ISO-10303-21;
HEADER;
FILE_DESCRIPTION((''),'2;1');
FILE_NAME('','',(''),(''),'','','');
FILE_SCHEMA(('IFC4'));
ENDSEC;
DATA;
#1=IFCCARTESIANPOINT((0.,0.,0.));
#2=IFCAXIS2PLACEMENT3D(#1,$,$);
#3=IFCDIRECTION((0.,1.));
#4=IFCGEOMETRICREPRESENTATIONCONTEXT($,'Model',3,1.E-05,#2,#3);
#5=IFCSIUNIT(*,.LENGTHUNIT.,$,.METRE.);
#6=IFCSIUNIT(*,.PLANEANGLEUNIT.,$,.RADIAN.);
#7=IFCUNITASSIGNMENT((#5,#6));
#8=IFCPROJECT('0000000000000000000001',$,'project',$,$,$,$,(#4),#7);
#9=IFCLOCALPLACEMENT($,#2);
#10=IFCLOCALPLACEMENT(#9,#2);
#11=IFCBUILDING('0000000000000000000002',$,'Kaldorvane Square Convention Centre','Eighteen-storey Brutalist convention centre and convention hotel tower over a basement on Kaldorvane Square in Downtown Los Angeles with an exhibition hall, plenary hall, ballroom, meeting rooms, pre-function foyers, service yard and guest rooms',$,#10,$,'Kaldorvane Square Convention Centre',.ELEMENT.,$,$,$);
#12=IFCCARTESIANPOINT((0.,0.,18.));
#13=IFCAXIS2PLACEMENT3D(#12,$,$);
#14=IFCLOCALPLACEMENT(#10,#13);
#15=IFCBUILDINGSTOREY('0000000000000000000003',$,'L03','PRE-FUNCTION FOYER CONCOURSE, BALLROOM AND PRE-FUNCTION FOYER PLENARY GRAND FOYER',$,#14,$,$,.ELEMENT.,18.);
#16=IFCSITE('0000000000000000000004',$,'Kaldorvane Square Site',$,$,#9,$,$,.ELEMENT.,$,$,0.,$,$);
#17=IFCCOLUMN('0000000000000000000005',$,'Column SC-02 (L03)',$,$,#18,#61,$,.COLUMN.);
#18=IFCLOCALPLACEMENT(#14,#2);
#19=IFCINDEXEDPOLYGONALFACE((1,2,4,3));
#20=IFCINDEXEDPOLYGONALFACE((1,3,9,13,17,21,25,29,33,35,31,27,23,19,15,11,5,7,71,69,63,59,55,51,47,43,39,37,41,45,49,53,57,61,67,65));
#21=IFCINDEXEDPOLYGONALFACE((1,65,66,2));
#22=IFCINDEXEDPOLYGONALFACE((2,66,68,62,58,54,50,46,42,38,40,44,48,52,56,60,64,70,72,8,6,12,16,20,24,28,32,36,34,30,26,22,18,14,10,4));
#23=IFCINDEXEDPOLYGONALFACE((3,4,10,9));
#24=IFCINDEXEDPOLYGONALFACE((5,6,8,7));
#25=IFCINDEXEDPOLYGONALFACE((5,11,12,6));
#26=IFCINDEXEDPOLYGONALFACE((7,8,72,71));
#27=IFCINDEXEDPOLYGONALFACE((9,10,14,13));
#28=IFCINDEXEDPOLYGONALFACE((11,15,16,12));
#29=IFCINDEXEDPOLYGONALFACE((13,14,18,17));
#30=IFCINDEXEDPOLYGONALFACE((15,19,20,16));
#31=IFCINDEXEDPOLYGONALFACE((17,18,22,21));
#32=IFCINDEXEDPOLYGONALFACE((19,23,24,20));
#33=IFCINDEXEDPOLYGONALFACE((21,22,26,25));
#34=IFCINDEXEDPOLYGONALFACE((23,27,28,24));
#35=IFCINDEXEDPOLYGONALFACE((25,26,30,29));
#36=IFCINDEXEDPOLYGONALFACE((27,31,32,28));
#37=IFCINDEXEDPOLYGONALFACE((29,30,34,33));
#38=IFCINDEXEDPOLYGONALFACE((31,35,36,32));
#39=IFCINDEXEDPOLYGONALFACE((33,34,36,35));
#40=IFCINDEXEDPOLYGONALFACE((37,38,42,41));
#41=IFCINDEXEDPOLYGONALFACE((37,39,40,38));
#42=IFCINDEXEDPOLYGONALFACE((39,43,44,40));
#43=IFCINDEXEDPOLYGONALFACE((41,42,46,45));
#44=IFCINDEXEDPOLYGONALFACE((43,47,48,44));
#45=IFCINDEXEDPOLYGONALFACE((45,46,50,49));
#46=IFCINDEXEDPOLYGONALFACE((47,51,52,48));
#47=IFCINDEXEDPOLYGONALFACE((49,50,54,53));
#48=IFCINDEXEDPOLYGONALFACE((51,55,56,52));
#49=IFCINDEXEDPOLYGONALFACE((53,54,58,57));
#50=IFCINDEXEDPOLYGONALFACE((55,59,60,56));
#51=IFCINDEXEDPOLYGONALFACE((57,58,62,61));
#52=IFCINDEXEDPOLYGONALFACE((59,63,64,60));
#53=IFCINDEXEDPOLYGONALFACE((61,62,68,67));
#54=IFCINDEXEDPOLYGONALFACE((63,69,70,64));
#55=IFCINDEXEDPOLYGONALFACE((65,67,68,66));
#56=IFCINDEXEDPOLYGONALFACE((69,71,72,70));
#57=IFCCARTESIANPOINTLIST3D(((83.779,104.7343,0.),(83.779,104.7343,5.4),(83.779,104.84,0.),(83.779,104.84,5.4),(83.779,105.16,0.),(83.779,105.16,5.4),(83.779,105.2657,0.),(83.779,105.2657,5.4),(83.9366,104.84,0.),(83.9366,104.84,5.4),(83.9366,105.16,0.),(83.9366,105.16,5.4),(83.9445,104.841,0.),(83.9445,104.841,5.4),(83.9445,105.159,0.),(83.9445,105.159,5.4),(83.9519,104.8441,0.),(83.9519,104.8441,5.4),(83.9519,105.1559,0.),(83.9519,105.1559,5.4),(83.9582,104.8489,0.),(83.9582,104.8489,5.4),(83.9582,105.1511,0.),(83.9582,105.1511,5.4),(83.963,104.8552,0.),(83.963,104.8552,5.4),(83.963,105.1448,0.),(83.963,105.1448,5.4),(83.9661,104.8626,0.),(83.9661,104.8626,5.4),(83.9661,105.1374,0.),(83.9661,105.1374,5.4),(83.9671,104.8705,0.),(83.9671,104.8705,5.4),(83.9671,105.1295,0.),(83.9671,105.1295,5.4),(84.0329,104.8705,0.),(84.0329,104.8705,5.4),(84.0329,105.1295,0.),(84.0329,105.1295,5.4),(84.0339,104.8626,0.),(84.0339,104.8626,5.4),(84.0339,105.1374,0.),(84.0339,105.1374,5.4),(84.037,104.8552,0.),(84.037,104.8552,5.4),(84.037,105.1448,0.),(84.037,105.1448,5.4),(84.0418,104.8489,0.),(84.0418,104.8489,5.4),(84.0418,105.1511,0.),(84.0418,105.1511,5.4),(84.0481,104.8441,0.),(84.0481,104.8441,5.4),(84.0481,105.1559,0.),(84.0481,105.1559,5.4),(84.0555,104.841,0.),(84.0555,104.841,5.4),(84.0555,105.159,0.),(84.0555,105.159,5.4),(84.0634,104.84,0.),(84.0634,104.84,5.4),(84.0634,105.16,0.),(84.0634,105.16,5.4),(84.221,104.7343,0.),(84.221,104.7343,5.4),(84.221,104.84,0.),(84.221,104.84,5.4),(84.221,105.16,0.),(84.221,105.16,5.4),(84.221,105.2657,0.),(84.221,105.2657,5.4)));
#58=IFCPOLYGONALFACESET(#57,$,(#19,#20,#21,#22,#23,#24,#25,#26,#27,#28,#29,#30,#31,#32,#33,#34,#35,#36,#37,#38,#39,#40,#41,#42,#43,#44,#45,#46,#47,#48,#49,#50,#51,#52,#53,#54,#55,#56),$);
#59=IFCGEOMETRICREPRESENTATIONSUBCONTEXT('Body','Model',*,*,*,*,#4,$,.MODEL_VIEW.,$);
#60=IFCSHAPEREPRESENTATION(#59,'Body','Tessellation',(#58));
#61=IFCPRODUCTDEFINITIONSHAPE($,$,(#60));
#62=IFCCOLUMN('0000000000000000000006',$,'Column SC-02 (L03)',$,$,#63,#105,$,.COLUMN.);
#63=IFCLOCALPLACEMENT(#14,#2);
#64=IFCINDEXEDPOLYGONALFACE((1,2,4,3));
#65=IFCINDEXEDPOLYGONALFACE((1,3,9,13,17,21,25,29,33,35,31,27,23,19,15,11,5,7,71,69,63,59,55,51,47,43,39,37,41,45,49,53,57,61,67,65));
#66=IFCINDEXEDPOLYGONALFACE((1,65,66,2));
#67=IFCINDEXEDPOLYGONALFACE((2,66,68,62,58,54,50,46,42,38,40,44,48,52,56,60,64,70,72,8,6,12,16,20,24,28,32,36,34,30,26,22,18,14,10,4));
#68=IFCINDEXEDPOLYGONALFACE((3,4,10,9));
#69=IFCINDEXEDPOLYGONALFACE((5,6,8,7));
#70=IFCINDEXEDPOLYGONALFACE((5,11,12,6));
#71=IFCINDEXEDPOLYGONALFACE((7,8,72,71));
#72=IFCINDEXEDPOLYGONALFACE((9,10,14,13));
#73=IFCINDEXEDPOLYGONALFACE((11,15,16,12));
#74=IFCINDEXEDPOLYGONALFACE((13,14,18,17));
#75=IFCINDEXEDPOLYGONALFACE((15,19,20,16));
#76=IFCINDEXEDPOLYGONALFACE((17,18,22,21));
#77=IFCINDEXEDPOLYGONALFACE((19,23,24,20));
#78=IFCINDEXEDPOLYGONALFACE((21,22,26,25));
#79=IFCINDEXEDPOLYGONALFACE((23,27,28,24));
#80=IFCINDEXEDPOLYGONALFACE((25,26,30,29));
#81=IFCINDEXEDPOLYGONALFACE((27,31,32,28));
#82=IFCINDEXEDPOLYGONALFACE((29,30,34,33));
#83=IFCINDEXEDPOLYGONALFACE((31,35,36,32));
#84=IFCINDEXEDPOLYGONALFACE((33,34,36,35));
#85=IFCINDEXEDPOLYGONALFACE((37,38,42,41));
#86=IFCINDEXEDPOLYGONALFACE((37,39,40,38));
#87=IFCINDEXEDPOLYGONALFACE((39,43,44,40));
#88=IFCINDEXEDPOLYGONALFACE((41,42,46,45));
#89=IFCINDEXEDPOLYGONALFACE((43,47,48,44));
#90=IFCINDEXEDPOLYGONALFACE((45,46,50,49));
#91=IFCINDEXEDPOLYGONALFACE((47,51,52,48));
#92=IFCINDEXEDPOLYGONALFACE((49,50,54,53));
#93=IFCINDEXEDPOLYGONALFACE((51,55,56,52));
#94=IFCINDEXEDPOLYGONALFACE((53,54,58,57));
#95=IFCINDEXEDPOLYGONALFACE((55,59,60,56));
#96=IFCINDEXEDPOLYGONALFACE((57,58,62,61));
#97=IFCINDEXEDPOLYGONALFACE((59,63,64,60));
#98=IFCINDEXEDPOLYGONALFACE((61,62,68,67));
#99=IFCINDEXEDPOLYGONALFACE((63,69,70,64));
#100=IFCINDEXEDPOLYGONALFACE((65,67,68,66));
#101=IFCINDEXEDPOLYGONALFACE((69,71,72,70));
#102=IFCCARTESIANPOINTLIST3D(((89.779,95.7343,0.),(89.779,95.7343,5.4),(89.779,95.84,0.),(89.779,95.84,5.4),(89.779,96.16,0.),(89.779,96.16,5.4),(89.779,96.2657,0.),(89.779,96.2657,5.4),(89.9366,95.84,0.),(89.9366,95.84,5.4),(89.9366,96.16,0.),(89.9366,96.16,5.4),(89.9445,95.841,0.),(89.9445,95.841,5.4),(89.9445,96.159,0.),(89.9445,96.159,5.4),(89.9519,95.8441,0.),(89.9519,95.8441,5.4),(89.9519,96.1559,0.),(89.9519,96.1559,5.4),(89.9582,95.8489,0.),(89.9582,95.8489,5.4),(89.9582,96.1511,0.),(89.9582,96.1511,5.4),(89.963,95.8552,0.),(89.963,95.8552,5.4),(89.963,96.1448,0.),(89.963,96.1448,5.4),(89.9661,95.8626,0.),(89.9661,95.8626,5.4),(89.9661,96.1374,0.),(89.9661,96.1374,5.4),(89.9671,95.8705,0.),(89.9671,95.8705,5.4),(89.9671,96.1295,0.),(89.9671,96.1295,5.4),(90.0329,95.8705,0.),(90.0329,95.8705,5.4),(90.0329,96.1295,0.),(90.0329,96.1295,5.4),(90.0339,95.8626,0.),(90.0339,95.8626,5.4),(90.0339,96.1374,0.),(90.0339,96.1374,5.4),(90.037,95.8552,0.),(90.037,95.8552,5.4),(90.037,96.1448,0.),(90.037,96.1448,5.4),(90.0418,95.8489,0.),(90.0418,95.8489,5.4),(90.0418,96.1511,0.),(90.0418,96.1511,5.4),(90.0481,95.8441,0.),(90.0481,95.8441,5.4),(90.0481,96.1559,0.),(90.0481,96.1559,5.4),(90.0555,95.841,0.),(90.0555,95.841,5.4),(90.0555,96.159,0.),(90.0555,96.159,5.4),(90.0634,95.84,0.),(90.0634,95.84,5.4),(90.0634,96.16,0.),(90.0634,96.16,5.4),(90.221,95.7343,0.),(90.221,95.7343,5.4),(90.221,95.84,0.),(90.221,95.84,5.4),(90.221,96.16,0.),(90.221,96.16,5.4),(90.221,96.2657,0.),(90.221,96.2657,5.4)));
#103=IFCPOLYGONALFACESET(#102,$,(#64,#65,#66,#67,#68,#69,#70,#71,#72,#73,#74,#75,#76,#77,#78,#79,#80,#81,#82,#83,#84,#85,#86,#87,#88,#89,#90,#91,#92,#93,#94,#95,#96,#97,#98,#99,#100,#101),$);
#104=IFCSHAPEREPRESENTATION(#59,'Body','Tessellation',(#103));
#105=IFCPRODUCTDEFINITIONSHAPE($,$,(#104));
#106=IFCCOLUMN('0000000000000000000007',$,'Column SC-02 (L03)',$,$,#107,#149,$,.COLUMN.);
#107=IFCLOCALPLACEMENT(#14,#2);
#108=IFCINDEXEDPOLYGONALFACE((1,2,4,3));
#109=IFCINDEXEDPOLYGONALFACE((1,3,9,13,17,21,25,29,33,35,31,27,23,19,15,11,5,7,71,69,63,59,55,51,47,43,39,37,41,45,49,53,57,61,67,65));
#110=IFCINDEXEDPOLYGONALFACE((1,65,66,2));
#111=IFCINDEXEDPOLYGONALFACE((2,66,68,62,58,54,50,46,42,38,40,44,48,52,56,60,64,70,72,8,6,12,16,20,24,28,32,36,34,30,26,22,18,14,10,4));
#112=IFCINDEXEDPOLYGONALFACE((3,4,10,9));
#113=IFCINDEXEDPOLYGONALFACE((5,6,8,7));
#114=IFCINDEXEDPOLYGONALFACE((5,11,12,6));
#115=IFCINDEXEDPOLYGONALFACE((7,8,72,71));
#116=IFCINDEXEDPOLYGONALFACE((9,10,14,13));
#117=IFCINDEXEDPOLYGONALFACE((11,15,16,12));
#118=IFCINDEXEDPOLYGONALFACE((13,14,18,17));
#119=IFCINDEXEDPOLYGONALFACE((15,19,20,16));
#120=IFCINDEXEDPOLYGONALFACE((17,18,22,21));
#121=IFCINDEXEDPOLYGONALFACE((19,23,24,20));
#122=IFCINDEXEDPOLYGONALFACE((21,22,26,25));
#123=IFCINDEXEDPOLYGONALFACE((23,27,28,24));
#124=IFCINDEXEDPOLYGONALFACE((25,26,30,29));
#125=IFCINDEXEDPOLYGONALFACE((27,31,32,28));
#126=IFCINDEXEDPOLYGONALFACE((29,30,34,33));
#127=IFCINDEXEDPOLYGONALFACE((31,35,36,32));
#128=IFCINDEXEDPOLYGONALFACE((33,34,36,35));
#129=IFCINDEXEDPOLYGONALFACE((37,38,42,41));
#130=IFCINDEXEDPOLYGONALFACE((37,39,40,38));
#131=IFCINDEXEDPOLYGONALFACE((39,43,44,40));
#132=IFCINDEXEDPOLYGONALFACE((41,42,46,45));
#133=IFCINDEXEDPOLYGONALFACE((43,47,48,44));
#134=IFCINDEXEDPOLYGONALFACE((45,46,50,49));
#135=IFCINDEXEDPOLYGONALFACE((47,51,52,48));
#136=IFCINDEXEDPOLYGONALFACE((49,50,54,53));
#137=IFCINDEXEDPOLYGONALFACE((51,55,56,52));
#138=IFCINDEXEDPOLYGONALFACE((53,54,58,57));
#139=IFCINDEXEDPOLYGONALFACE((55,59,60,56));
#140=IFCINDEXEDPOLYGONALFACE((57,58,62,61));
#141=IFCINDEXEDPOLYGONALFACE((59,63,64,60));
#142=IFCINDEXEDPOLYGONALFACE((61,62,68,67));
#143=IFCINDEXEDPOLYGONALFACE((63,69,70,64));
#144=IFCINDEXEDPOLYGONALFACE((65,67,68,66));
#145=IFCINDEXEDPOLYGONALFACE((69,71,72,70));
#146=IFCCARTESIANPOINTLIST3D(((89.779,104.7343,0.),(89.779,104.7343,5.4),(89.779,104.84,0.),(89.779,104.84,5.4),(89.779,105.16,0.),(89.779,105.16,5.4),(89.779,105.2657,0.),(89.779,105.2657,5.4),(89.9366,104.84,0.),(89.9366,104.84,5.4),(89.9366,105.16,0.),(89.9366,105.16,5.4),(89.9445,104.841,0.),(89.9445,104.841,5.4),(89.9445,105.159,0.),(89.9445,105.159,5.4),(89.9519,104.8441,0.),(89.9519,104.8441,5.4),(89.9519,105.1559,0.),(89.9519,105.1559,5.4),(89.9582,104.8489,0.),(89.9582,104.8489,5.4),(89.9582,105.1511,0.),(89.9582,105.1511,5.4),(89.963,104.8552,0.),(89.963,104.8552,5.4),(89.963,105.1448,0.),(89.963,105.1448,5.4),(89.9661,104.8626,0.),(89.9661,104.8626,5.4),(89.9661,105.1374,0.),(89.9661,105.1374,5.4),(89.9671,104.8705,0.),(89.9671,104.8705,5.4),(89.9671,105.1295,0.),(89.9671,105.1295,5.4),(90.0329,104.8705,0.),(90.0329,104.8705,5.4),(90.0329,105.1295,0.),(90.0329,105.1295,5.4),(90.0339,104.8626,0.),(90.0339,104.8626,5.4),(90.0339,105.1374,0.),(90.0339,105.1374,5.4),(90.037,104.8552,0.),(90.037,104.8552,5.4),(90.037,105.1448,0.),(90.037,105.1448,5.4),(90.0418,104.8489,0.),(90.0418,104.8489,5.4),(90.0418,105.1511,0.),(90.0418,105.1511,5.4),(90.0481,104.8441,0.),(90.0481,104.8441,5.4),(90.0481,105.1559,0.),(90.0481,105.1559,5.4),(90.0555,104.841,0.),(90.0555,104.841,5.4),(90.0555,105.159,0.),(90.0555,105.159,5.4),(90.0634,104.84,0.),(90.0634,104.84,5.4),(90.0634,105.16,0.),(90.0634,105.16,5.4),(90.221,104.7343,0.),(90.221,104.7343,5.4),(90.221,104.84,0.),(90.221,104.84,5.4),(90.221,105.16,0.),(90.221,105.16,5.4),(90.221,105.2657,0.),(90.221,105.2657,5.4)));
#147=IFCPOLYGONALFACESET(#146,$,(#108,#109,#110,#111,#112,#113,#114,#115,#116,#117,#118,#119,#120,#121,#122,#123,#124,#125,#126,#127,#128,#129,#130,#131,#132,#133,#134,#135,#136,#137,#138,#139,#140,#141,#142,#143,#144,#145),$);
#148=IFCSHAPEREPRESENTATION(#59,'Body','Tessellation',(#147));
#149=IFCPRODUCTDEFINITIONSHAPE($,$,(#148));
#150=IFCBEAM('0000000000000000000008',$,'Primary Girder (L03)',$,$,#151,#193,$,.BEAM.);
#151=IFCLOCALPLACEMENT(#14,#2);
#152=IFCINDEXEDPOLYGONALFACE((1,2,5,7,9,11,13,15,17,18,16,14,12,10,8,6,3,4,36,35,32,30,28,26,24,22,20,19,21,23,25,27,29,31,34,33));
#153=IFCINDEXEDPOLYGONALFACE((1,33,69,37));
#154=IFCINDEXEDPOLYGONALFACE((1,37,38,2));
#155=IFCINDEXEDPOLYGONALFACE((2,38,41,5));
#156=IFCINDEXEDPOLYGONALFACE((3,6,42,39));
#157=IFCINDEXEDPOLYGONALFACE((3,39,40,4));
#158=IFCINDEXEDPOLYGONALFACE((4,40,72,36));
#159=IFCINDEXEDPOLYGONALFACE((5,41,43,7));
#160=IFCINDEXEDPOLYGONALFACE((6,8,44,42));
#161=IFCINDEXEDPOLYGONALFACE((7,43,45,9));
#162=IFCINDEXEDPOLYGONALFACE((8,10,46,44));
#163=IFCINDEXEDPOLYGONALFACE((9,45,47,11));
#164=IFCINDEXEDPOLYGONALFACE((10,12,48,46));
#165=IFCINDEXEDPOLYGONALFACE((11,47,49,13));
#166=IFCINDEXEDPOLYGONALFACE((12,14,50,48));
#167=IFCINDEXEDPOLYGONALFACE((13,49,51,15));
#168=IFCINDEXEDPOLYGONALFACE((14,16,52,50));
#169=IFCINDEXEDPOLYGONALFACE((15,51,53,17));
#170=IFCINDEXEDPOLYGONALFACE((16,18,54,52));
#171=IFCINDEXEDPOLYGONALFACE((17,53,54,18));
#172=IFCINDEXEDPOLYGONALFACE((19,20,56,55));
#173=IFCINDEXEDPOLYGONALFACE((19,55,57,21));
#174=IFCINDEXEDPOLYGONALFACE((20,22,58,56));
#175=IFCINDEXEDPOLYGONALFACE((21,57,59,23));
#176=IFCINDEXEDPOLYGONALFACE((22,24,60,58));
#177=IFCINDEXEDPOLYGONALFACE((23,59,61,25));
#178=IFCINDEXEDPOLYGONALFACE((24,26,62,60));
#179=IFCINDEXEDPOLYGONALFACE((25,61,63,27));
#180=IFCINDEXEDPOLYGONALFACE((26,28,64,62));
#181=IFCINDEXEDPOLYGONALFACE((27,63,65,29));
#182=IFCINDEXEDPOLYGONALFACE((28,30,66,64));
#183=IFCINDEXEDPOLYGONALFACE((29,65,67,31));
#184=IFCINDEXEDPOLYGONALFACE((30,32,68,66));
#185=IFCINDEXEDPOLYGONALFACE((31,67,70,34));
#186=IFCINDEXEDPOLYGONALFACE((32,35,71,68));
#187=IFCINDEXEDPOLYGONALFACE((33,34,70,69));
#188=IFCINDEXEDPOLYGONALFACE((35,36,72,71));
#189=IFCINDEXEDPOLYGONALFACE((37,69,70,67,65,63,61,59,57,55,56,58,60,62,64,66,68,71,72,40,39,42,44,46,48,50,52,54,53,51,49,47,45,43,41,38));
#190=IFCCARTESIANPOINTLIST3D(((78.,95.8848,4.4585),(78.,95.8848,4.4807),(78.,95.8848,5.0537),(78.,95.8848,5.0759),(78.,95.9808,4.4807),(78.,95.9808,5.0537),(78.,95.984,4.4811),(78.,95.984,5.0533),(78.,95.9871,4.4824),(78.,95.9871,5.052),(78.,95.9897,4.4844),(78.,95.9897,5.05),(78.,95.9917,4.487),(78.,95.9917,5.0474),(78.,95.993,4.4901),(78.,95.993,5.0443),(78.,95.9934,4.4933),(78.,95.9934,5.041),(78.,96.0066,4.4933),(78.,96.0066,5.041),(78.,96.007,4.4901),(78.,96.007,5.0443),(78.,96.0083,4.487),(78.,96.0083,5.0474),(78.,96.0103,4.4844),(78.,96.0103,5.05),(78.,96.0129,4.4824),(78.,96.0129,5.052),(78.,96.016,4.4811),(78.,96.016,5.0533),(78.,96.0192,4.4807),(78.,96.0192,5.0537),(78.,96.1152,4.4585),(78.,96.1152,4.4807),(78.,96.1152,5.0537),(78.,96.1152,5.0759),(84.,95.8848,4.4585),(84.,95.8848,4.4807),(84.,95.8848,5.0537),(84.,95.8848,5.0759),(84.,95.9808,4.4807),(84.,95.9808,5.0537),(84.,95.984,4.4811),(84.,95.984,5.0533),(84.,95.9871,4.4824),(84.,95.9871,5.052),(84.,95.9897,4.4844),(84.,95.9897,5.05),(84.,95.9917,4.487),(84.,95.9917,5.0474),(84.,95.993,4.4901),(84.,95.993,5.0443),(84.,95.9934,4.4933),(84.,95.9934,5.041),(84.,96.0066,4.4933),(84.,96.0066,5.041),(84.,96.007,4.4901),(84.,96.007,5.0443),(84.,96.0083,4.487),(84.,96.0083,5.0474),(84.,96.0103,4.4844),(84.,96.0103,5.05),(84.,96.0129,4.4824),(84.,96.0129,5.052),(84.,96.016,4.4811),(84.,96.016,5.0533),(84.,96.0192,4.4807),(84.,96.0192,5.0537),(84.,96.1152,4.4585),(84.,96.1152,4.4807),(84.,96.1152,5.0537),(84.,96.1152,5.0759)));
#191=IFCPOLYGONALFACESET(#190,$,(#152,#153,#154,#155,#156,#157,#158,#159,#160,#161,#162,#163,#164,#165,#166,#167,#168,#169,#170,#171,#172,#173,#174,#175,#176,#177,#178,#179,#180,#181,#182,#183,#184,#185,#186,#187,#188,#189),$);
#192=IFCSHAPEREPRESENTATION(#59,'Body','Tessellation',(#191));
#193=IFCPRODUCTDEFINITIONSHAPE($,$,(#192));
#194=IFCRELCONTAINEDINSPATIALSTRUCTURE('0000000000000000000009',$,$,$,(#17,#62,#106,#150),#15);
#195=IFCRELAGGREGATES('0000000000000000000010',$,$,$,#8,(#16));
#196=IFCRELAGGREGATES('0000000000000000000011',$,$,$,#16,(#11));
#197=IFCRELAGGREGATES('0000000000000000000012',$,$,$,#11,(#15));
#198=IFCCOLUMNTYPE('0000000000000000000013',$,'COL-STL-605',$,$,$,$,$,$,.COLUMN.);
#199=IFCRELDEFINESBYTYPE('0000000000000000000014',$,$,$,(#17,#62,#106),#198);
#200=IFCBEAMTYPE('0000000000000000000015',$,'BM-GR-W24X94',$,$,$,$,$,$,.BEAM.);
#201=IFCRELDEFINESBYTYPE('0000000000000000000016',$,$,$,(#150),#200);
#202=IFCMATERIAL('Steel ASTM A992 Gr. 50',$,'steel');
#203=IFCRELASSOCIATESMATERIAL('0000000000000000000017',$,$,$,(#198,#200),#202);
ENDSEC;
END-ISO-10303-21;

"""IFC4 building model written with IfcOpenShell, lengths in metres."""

from ifc_helpers import new_model, si_unit, direction, frame, origin, origin_2d, place, context, subcontext, project, spatial, i_section, extrude, material, material_profile, profile_set, type_object, element, save


model = new_model("IFC4")

# Units and contexts
model_context = context("Model", 3, precision=1e-05, world=origin(), true_north=direction((0.0, 1.0)))
body_context = subcontext(model_context, "Body", "Model", "MODEL_VIEW")
ifc_project = project(units=[si_unit("LENGTHUNIT", "METRE"), si_unit("PLANEANGLEUNIT", "RADIAN")], contexts=[model_context])

# Site, building, storey
site_placement = place(None, origin())
site = spatial("IfcSite", under=ifc_project, at=site_placement, Name="Kaldorvane Square Site", CompositionType="ELEMENT", RefElevation=0.0)
building_placement = place(site_placement, origin())
building = spatial("IfcBuilding", under=site, at=building_placement, Name="Kaldorvane Square Convention Centre", Description="Eighteen-storey Brutalist convention centre and convention hotel tower over a basement on Kaldorvane Square in Downtown Los Angeles with an exhibition hall, plenary hall, ballroom, meeting rooms, pre-function foyers, service yard and guest rooms", LongName="Kaldorvane Square Convention Centre", CompositionType="ELEMENT")
storey_placement = place(building_placement, frame((0.0, 0.0, 18.0)))
storey = spatial("IfcBuildingStorey", under=building, at=storey_placement, Name="L03", Description="PRE-FUNCTION FOYER CONCOURSE, BALLROOM AND PRE-FUNCTION FOYER PLENARY GRAND FOYER", CompositionType="ELEMENT", Elevation=18.0)

# Columns
ifc_material_1 = material(Name="Steel ASTM A992 Gr. 50", Category="steel")
ifc_material_profile_1 = material_profile(ifc_material_1, i_section(OverallWidth=0.442, OverallDepth=0.5314, WebThickness=0.0658, FlangeThickness=0.1057, FilletRadius=0.0305, at=origin_2d()), Name="W14X605")
ifc_profile_set_1 = profile_set([ifc_material_profile_1], Name="Steel ASTM A992 Gr. 50")
column_type_1 = type_object("IfcColumnType", Name="COL-STL-605", PredefinedType="COLUMN", material=ifc_profile_set_1)
for number, where, z_axis, x_axis, name in (
    (1, (84.0, 105.0, 0.0), (0.0, 0.0, 1.0), (1.0, 0.0, 0.0), "Column SC-02 (L03)"),
    (2, (90.0, 96.0, 0.0), (0.0, 0.0, 1.0), (1.0, 0.0, 0.0), "Column SC-02 (L03)"),
    (3, (90.0, 105.0, 0.0), (0.0, 0.0, 1.0), (1.0, 0.0, 0.0), "Column SC-02 (L03)"),
):
    element("IfcColumn", number, at=place(storey_placement, frame(where, z_axis=z_axis, x_axis=x_axis)), inside=storey, type_object=column_type_1, Name=name, PredefinedType="COLUMN", context=body_context, shape_type="SweptSolid", body=[
        extrude(i_section(OverallWidth=0.442, OverallDepth=0.5314, WebThickness=0.0658, FlangeThickness=0.1057, FilletRadius=0.0305, at=origin_2d()), origin(), (0.0, 0.0, 1.0), 5.4),
    ])

# Beam
ifc_material_profile_2 = material_profile(ifc_material_1, i_section(OverallWidth=0.2303, OverallDepth=0.6175, WebThickness=0.0131, FlangeThickness=0.0222, FilletRadius=0.0127, at=origin_2d()), Name="W24X94")
ifc_profile_set_2 = profile_set([ifc_material_profile_2], Name="Steel ASTM A992 Gr. 50")
beam_type_1 = type_object("IfcBeamType", Name="BM-GR-W24X94", PredefinedType="BEAM", material=ifc_profile_set_2)
for number, where, z_axis, x_axis, name in (
    (4, (78.0, 96.0, 4.7672), (1.0, 0.0, 0.0), (0.0, 1.0, 0.0), "Primary Girder (L03)"),
):
    element("IfcBeam", number, at=place(storey_placement, frame(where, z_axis=z_axis, x_axis=x_axis)), inside=storey, type_object=beam_type_1, Name=name, PredefinedType="BEAM", context=body_context, shape_type="SweptSolid", body=[
        extrude(i_section(OverallWidth=0.2303, OverallDepth=0.6175, WebThickness=0.0131, FlangeThickness=0.0222, FilletRadius=0.0127, at=origin_2d()), origin(), (0.0, 0.0, 1.0), 6.0),
    ])

save(model, "model.ifc")
